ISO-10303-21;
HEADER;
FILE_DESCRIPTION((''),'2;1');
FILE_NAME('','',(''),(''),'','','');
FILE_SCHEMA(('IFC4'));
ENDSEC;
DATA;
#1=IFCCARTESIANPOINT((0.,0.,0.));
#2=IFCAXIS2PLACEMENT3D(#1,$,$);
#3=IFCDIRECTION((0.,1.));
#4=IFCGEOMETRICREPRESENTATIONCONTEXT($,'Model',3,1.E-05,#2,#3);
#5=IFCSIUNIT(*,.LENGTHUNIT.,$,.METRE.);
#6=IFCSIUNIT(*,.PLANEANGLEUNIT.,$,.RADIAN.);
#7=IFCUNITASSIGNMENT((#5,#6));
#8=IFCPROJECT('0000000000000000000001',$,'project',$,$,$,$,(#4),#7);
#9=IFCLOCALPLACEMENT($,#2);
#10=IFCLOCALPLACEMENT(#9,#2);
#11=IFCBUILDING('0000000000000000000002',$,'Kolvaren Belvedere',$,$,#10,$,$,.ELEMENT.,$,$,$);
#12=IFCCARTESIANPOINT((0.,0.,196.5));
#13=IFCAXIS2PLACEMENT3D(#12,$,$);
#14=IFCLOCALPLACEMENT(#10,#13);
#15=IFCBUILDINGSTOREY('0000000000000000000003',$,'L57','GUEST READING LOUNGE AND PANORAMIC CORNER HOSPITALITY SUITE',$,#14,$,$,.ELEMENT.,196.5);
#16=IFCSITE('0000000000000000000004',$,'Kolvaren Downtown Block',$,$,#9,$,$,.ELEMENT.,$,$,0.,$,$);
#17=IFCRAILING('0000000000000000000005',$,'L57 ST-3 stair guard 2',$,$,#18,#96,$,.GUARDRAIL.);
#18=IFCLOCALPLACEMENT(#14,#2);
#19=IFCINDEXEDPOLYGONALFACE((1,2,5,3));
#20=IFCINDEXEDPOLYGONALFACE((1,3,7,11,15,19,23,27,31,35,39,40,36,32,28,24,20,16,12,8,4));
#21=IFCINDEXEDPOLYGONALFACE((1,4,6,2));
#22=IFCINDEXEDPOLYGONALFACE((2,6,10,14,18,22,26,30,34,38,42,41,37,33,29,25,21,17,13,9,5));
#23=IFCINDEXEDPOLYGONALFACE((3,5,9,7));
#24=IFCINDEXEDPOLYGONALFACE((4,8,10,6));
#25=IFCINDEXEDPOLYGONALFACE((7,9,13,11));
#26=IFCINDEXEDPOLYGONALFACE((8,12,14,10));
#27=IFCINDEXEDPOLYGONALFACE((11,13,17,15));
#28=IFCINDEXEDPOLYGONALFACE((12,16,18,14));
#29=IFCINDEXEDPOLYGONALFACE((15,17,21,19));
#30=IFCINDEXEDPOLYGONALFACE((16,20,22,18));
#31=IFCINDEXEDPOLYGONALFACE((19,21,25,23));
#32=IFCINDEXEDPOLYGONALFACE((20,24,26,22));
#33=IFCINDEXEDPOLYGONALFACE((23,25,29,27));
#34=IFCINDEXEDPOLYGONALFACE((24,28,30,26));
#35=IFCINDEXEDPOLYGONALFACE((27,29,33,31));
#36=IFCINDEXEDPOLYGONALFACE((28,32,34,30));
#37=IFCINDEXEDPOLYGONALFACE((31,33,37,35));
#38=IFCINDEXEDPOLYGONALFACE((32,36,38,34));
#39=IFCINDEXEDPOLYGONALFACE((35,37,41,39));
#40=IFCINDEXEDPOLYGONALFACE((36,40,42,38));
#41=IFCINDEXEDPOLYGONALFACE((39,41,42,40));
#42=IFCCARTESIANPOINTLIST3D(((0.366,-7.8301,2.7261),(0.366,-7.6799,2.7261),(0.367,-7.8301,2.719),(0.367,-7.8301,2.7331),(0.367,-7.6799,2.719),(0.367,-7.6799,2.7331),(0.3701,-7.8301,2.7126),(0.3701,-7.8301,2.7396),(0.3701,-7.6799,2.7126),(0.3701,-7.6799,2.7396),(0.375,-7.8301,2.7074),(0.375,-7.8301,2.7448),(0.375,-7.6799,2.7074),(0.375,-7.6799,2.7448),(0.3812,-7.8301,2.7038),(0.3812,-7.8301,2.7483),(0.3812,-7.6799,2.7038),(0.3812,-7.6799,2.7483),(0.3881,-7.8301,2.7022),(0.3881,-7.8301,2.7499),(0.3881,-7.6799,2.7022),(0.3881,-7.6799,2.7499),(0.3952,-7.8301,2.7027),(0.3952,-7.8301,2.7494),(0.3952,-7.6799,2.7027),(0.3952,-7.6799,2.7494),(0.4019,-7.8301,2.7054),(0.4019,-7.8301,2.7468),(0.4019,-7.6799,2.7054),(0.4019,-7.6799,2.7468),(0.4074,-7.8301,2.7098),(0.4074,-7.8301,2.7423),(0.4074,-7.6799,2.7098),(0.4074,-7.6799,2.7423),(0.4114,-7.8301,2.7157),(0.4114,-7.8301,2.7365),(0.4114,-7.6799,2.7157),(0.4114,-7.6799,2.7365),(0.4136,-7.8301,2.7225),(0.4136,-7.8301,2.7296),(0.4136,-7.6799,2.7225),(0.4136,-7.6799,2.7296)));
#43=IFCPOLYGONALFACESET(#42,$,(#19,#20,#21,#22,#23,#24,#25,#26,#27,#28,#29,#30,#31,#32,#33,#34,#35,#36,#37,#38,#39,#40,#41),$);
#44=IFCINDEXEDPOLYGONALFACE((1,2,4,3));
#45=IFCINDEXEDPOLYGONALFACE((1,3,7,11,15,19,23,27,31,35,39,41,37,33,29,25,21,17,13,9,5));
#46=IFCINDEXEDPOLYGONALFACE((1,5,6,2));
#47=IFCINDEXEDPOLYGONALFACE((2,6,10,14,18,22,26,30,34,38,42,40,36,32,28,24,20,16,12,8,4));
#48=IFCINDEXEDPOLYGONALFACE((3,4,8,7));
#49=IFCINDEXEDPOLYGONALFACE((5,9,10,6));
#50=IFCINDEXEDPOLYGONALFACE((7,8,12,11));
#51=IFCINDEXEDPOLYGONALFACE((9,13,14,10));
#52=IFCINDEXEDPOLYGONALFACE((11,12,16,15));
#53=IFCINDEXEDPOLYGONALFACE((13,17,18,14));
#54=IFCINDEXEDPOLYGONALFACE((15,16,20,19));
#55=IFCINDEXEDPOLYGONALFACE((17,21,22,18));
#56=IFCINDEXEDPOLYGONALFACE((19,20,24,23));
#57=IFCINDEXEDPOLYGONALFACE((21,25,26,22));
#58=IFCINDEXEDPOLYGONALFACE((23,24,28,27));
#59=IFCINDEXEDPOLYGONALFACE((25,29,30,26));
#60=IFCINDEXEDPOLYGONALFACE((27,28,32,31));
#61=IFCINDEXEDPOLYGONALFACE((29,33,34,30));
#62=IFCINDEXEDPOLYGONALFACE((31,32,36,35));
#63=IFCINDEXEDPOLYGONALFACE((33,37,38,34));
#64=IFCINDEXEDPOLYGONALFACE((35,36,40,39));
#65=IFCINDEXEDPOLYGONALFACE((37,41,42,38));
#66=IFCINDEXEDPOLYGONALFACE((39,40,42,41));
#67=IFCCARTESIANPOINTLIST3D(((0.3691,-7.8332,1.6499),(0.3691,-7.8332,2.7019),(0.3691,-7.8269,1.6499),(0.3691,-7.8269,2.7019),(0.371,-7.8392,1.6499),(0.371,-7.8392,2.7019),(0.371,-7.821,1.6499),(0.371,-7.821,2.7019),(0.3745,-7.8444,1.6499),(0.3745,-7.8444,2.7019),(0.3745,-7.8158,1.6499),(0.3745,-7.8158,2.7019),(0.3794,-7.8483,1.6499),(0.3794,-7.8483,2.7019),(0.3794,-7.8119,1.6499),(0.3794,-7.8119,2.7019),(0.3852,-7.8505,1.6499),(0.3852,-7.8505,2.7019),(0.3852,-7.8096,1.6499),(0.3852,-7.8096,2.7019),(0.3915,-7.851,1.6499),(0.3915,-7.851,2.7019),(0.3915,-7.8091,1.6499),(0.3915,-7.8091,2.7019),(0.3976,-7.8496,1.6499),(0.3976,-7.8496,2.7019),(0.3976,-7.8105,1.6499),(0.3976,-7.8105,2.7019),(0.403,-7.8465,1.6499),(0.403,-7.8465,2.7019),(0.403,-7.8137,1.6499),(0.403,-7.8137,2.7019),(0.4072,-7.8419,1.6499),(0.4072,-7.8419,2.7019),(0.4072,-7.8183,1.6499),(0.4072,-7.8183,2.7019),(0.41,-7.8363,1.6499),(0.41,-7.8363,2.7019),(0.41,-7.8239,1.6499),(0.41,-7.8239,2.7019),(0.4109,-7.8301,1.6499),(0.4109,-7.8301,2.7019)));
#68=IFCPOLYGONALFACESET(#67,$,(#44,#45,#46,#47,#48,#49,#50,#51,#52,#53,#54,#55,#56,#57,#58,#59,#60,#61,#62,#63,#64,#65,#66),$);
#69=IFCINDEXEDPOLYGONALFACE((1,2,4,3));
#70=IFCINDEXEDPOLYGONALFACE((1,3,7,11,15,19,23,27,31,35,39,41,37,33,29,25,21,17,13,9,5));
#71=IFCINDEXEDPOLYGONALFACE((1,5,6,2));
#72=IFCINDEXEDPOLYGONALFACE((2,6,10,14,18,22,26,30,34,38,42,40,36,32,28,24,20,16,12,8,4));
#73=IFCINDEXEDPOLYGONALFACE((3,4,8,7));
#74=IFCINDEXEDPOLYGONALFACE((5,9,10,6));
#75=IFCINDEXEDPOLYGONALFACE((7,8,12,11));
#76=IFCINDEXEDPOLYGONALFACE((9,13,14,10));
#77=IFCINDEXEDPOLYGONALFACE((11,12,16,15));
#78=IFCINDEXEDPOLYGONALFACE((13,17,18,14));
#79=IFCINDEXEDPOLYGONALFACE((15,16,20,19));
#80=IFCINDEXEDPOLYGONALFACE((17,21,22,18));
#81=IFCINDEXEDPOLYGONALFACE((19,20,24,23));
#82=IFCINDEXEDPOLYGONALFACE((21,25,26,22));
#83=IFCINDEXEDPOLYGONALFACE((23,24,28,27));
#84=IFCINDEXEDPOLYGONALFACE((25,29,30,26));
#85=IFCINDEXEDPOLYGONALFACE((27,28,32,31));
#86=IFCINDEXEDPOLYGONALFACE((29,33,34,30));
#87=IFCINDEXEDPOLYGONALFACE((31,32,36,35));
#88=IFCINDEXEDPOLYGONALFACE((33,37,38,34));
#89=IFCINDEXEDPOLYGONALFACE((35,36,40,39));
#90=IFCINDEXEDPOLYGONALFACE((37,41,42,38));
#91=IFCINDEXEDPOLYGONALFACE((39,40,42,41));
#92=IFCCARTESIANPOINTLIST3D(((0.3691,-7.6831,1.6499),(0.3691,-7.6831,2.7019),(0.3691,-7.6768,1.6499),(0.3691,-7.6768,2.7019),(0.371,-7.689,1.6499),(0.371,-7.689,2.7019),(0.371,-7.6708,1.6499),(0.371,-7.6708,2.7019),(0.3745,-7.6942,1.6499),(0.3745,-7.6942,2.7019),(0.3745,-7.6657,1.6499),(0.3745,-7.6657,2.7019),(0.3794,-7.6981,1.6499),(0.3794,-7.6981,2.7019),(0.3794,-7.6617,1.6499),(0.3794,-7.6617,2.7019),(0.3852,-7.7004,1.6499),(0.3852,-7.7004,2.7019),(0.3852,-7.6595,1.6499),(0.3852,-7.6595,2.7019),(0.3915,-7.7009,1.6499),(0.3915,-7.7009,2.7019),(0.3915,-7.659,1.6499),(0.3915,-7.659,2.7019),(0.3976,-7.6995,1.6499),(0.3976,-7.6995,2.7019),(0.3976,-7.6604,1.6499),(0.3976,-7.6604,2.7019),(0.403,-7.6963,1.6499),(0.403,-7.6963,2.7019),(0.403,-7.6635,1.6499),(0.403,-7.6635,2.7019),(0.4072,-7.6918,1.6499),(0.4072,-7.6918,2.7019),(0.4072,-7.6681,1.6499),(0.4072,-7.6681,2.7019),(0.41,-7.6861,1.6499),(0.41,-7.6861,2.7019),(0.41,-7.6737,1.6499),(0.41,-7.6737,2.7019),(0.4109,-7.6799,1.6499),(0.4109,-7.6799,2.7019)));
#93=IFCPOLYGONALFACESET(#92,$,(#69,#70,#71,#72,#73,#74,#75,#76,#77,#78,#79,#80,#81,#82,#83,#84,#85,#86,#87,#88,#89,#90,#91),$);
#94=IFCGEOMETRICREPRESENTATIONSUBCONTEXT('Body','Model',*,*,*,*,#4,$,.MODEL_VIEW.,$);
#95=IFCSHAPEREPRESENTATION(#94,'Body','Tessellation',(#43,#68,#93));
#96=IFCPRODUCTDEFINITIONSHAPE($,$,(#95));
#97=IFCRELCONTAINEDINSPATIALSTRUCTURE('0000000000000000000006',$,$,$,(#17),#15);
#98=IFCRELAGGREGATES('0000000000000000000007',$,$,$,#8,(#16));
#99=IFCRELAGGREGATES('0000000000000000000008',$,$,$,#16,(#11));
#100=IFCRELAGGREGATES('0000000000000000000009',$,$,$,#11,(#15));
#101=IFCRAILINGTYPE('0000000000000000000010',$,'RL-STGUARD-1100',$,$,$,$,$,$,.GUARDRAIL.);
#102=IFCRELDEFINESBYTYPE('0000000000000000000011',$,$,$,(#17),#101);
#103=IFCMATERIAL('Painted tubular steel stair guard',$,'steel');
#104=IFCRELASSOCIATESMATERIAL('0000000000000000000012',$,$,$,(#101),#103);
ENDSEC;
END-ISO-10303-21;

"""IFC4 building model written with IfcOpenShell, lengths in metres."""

from ifc_helpers import new_model, si_unit, direction, frame, origin, origin_2d, place, context, subcontext, project, spatial, circle, extrude, material, type_object, element, save


model = new_model("IFC4")

# Units and contexts
model_context = context("Model", 3, precision=1e-05, world=origin(), true_north=direction((0.0, 1.0)))
body_context = subcontext(model_context, "Body", "Model", "MODEL_VIEW")
ifc_project = project(units=[si_unit("LENGTHUNIT", "METRE"), si_unit("PLANEANGLEUNIT", "RADIAN")], contexts=[model_context])

# Site, building, storey
site_placement = place(None, origin())
site = spatial("IfcSite", under=ifc_project, at=site_placement, Name="Kolvaren Downtown Block", CompositionType="ELEMENT", RefElevation=0.0)
building_placement = place(site_placement, origin())
building = spatial("IfcBuilding", under=site, at=building_placement, Name="Kolvaren Belvedere", CompositionType="ELEMENT")
storey_placement = place(building_placement, frame((0.0, 0.0, 196.5)))
storey = spatial("IfcBuildingStorey", under=building, at=storey_placement, Name="L57", Description="GUEST READING LOUNGE AND PANORAMIC CORNER HOSPITALITY SUITE", CompositionType="ELEMENT", Elevation=196.5)

# Railing
ifc_material_1 = material(Name="Painted tubular steel stair guard", Category="steel")
railing_type_1 = type_object("IfcRailingType", Name="RL-STGUARD-1100", PredefinedType="GUARDRAIL", material=ifc_material_1)
railing_1_placement = place(storey_placement, frame((0.3899, -7.8301, 1.6499)))
element("IfcRailing", 1, at=railing_1_placement, inside=storey, type_object=railing_type_1, Name="L57 ST-3 stair guard 2", PredefinedType="GUARDRAIL", context=body_context, shape_type="SweptSolid", body=[
    extrude(circle(Radius=0.0239, at=origin_2d()), frame((0.0, 0.0, 1.0762), z_axis=(0.0, 1.0, 0.0), x_axis=(-1.0, 0.0, 0.0)), (0.0, 0.0, 1.0), 0.1501),
    extrude(circle(Radius=0.021, at=origin_2d()), origin(), (0.0, 0.0, 1.0), 1.052),
    extrude(circle(Radius=0.021, at=origin_2d()), frame((0.0, 0.1501, 0.0)), (0.0, 0.0, 1.0), 1.052),
])

save(model, "model.ifc")
